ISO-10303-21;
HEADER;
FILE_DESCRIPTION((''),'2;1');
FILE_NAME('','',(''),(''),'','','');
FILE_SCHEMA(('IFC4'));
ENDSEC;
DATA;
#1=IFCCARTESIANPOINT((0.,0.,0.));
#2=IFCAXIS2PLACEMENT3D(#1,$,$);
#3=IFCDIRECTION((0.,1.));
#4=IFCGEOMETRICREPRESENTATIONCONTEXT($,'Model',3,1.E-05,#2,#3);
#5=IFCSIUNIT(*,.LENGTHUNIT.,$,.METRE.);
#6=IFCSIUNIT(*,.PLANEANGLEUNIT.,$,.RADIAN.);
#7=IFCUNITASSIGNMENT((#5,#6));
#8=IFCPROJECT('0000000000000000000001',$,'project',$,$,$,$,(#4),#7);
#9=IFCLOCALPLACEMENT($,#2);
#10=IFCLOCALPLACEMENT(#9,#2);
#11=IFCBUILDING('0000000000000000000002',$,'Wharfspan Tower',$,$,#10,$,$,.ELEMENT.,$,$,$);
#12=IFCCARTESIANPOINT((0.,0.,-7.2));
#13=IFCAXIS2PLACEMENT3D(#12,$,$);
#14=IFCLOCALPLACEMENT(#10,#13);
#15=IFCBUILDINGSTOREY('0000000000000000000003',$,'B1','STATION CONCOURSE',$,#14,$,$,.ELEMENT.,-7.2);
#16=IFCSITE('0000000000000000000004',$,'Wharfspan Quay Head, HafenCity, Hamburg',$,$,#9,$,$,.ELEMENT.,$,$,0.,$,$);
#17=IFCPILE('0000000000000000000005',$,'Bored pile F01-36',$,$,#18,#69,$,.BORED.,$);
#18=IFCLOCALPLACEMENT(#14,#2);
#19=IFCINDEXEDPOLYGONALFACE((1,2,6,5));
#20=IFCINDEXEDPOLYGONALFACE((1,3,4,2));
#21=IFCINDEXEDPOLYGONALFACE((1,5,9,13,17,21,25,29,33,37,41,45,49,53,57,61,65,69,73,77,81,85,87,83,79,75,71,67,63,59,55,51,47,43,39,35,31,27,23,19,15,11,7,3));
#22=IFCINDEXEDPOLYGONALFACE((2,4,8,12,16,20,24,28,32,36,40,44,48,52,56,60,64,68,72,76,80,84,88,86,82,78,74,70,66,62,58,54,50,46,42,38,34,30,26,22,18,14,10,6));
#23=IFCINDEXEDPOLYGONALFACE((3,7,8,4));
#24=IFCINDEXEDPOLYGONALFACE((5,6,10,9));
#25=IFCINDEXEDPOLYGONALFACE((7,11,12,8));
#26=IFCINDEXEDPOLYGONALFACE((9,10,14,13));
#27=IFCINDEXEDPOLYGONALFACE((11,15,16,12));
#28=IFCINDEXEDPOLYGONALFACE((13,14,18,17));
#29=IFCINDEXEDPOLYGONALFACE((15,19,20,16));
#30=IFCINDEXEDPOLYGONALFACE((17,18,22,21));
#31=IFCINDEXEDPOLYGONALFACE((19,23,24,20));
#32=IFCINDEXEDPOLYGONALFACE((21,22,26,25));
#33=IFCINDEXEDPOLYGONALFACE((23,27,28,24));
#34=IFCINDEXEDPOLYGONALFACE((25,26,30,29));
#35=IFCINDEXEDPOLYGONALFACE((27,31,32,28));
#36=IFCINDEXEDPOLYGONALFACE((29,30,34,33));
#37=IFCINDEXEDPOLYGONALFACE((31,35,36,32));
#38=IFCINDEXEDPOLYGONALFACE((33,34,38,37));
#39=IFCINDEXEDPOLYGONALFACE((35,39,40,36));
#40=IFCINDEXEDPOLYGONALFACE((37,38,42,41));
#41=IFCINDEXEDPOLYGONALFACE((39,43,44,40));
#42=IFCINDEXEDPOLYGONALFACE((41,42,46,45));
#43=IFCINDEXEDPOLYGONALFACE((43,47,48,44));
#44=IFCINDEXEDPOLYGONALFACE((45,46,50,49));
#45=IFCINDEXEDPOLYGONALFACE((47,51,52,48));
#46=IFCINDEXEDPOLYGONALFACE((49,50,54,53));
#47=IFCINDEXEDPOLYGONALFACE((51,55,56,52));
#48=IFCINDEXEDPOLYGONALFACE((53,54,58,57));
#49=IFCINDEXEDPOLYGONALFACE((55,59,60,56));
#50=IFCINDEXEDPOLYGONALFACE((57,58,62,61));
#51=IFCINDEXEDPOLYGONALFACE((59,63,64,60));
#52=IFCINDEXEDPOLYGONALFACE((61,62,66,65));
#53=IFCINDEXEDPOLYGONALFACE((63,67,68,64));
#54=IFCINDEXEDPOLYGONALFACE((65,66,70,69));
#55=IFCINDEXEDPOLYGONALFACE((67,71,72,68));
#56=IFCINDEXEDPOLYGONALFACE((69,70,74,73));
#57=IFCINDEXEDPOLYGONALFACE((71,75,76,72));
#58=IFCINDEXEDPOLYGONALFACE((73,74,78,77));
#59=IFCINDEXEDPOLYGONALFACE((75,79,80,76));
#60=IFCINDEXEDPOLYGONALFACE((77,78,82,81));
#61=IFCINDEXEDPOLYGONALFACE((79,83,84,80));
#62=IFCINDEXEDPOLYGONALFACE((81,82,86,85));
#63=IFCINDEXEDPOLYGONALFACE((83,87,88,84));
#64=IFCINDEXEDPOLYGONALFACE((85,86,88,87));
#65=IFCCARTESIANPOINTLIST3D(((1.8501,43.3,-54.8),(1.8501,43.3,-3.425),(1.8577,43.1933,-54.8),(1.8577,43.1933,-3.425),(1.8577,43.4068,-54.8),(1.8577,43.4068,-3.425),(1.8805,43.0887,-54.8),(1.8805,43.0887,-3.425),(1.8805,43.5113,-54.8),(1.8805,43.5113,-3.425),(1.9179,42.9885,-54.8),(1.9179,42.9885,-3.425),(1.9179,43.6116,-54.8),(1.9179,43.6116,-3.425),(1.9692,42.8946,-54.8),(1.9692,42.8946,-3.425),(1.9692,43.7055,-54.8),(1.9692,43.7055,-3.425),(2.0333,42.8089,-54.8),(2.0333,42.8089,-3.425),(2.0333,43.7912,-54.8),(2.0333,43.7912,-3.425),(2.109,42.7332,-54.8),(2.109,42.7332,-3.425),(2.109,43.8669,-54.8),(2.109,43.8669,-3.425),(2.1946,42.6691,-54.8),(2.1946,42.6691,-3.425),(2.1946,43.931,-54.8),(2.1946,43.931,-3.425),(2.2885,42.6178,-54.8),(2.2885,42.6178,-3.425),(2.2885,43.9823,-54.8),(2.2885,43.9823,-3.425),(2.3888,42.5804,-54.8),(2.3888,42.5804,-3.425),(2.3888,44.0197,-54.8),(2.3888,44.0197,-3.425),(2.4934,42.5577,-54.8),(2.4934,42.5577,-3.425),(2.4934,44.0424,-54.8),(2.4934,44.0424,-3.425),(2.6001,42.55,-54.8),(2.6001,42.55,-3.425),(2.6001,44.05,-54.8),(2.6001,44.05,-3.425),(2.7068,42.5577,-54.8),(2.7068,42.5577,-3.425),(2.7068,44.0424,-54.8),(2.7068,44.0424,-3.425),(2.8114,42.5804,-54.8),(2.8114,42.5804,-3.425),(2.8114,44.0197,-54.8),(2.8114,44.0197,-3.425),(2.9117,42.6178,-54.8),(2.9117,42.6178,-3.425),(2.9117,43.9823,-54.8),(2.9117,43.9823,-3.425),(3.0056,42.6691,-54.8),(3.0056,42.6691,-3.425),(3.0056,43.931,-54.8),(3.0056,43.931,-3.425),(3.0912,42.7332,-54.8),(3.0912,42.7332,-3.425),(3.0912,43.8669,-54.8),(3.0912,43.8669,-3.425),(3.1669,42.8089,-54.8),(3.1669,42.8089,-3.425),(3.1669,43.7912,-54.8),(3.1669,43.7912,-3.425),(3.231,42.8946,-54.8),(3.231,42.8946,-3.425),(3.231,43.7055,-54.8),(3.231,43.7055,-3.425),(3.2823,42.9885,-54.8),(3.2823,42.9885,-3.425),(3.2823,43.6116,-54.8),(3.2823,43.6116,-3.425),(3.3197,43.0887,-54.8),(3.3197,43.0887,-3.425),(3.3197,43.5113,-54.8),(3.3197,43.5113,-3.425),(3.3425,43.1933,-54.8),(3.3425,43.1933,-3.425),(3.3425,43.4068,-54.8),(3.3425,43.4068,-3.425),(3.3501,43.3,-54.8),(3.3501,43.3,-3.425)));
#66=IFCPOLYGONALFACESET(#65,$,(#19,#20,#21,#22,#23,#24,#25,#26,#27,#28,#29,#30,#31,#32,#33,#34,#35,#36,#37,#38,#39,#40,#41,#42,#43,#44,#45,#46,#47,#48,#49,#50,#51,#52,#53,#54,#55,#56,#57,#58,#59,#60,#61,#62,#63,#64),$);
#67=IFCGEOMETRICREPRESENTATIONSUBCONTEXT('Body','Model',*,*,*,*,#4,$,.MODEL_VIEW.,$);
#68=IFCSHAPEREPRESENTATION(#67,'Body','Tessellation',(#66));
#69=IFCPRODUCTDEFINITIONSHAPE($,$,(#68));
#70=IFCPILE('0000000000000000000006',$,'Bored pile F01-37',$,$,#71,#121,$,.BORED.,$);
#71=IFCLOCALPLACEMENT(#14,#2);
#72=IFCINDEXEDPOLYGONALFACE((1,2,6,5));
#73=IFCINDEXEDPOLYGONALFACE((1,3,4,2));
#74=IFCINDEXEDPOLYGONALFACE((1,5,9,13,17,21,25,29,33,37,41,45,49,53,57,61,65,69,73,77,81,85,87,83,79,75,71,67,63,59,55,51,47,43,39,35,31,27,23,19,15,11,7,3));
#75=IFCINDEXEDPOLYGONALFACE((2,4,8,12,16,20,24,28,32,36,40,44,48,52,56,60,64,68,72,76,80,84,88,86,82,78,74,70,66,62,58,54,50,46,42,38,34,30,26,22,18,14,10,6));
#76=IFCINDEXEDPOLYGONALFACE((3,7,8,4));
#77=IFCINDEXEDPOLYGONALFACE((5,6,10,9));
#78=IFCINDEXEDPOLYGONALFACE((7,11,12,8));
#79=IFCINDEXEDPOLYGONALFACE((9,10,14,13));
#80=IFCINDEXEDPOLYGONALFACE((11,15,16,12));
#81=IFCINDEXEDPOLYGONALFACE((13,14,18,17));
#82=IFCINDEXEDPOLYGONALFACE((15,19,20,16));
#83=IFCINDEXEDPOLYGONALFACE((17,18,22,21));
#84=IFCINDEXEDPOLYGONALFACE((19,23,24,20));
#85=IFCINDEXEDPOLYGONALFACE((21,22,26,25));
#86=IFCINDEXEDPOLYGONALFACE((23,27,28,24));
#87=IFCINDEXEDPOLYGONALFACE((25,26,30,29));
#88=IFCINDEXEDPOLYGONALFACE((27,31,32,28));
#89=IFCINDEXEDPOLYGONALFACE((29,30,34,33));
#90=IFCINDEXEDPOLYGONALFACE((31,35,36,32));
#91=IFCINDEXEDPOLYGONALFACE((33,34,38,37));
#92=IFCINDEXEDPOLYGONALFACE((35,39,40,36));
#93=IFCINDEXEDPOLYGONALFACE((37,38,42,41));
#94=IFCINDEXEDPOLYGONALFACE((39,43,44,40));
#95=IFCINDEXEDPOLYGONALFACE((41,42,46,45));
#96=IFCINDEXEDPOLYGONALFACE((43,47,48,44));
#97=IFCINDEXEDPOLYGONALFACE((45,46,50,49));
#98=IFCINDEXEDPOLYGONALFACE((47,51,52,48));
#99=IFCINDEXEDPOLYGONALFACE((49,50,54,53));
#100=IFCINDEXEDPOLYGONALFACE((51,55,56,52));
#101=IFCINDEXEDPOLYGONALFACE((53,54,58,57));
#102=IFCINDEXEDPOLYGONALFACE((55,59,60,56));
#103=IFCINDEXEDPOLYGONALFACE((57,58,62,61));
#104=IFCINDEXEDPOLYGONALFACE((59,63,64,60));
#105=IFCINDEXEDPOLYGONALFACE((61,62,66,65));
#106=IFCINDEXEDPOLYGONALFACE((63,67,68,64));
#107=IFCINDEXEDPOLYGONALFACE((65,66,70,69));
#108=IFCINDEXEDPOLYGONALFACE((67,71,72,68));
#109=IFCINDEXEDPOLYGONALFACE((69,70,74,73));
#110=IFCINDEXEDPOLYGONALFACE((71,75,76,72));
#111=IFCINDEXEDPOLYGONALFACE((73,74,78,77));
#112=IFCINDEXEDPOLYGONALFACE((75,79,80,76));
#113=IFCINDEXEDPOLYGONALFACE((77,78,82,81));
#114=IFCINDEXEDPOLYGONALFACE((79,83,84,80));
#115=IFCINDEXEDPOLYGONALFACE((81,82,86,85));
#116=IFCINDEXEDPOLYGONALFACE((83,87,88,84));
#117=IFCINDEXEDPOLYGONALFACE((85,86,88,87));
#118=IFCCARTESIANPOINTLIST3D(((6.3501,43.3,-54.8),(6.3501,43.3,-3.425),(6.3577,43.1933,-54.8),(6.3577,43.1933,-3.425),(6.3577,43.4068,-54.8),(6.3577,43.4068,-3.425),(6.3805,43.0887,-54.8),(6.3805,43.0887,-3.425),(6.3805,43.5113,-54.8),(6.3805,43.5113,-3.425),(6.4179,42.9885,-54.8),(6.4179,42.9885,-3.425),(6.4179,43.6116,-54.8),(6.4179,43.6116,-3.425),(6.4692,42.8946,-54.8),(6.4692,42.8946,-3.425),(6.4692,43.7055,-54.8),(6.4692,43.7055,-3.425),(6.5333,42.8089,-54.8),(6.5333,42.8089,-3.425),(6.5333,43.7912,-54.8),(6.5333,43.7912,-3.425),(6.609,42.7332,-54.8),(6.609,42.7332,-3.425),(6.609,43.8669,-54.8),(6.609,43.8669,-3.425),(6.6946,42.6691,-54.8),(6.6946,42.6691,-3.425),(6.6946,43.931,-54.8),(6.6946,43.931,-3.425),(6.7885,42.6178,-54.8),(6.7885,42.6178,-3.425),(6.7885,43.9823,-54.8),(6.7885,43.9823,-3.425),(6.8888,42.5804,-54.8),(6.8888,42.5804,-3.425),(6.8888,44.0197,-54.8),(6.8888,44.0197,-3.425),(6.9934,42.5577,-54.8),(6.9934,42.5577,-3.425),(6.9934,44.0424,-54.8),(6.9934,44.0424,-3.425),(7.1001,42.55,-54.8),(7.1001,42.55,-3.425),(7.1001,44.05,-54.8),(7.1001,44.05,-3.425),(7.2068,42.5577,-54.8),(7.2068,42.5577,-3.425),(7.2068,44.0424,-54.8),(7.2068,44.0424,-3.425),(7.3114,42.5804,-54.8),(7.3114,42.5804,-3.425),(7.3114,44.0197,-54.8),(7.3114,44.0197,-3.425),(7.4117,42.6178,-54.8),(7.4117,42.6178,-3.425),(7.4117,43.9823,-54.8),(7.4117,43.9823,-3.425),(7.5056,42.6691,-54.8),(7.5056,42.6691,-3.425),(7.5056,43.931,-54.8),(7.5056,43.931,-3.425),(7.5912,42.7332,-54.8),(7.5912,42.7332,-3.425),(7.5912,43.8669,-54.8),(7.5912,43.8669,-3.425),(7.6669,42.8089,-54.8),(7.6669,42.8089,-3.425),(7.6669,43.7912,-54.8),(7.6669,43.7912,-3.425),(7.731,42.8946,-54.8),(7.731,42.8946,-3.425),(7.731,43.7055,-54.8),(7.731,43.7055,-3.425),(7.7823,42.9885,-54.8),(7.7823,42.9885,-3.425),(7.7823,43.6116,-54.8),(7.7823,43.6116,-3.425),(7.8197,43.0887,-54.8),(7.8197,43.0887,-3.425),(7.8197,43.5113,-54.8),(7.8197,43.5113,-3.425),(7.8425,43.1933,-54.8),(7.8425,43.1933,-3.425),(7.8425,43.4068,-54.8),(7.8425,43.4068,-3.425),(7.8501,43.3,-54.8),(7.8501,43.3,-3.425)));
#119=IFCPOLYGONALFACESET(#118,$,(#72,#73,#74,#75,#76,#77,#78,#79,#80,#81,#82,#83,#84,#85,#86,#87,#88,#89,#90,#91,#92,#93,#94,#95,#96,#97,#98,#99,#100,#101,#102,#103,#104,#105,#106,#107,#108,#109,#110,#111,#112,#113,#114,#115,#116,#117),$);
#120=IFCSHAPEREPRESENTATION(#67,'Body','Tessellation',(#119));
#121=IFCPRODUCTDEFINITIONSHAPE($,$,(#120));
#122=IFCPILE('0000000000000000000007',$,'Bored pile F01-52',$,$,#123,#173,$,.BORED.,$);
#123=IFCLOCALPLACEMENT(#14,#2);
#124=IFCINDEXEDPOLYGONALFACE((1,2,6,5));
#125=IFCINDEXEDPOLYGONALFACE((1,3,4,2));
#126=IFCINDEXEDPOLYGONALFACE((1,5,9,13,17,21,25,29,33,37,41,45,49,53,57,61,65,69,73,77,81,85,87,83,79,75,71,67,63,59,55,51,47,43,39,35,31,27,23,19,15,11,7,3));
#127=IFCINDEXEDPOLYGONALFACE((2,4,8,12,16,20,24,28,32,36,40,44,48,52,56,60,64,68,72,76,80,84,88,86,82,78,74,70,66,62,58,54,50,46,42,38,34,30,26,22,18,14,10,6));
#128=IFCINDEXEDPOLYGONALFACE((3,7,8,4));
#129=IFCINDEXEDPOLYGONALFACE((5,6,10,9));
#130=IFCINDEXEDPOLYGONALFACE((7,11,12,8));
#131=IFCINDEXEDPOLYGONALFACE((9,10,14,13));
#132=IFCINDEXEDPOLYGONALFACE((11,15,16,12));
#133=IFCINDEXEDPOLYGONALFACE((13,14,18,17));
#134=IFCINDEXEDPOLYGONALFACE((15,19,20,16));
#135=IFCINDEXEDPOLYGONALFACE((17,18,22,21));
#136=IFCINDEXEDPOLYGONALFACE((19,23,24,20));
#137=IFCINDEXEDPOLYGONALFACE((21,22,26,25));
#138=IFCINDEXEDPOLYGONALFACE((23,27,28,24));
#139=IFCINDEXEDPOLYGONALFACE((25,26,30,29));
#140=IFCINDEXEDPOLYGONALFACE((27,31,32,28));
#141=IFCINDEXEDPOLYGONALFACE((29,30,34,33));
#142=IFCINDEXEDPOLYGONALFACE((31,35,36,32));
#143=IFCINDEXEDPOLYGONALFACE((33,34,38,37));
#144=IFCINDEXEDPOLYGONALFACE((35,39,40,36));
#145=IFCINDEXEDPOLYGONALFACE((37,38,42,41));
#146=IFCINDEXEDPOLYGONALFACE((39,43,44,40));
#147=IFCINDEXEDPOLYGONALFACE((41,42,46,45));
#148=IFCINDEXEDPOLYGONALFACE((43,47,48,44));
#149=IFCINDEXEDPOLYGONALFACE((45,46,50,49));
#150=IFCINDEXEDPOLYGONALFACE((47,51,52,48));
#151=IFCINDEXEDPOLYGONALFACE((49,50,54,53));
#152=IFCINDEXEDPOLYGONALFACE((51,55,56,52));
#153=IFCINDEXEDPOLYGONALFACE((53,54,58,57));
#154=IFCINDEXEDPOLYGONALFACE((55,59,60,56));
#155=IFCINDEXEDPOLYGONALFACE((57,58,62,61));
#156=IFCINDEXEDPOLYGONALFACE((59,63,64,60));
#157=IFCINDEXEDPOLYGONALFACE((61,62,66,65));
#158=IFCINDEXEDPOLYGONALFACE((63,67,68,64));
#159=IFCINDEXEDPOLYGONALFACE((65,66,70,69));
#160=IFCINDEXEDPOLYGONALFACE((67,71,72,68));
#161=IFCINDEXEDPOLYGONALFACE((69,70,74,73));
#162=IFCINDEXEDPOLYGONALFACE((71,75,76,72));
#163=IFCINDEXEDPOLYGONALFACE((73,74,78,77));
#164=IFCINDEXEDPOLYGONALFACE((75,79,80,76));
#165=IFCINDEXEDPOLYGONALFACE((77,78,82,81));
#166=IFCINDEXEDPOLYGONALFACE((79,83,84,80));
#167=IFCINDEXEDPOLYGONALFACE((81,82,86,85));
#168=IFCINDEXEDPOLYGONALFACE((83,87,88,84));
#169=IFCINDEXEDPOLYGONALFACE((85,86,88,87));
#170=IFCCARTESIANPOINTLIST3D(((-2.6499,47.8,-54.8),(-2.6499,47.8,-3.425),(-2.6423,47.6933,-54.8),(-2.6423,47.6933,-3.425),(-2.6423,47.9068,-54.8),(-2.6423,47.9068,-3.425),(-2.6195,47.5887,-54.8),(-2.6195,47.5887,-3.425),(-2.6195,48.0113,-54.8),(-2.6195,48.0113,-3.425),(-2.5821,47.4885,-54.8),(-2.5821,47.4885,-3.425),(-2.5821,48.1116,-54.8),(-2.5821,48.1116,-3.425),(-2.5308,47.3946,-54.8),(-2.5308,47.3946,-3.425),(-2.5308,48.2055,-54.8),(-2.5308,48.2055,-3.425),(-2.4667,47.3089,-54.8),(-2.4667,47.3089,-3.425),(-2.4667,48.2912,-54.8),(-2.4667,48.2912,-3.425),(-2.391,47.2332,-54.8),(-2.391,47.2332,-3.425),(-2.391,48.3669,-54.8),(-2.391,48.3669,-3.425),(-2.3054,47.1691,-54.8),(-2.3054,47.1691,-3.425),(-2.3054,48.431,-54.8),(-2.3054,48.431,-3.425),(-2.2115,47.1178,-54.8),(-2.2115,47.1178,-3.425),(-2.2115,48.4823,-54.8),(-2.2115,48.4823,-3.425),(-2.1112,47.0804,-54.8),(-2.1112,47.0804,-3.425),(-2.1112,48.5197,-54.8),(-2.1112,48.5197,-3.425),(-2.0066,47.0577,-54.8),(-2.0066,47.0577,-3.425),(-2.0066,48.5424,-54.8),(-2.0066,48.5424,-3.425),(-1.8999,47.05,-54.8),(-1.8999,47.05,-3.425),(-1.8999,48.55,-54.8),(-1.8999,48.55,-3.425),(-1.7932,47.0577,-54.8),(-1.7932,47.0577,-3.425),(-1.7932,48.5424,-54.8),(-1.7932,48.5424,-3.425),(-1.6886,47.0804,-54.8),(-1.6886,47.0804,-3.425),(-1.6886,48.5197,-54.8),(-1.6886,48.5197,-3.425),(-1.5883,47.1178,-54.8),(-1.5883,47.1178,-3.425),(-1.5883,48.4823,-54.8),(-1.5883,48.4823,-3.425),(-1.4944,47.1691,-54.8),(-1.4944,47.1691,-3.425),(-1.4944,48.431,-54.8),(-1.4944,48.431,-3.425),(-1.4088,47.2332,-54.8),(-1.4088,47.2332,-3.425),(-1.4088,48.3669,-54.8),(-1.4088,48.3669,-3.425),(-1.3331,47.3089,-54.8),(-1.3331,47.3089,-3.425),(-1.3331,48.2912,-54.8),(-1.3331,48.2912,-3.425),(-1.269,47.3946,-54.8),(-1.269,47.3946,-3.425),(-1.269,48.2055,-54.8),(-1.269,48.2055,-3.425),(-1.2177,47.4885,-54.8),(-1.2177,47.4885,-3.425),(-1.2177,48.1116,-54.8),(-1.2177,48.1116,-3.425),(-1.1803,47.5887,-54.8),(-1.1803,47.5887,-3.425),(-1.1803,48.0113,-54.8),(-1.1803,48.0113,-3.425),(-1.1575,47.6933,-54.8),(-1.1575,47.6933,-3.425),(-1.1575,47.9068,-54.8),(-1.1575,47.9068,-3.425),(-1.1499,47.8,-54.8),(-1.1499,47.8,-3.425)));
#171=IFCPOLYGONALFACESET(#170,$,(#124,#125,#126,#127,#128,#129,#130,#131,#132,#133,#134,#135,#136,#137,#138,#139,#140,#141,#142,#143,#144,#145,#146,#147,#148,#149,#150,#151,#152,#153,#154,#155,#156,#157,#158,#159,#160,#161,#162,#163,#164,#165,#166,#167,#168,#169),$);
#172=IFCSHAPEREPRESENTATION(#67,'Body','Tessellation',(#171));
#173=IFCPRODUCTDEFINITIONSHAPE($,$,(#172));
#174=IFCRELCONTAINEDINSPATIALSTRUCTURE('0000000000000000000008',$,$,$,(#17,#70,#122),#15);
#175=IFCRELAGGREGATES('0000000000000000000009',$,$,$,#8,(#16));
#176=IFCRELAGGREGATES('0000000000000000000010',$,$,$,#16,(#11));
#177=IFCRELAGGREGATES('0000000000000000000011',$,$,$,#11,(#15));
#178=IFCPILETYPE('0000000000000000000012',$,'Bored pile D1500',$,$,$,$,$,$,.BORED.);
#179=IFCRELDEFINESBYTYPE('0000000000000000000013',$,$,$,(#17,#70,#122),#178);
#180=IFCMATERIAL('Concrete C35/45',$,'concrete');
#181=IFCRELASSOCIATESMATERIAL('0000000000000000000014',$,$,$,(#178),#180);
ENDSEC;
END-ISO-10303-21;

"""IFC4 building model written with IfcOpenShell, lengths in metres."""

from ifc_helpers import new_model, si_unit, direction, frame, origin, origin_2d, place, context, subcontext, project, spatial, circle, extrude, material, material_profile, profile_set, type_object, element, save


model = new_model("IFC4")

# Units and contexts
model_context = context("Model", 3, precision=1e-05, world=origin(), true_north=direction((0.0, 1.0)))
body_context = subcontext(model_context, "Body", "Model", "MODEL_VIEW")
ifc_project = project(units=[si_unit("LENGTHUNIT", "METRE"), si_unit("PLANEANGLEUNIT", "RADIAN")], contexts=[model_context])

# Site, building, storey
site_placement = place(None, origin())
site = spatial("IfcSite", under=ifc_project, at=site_placement, Name="Wharfspan Quay Head, HafenCity, Hamburg", CompositionType="ELEMENT", RefElevation=0.0)
building_placement = place(site_placement, origin())
building = spatial("IfcBuilding", under=site, at=building_placement, Name="Wharfspan Tower", CompositionType="ELEMENT")
storey_placement = place(building_placement, frame((0.0, 0.0, -7.2)))
storey = spatial("IfcBuildingStorey", under=building, at=storey_placement, Name="B1", Description="STATION CONCOURSE", CompositionType="ELEMENT", Elevation=-7.2)

# Piles
ifc_material_1 = material(Name="Concrete C35/45", Category="concrete")
ifc_material_profile_1 = material_profile(ifc_material_1, circle(Radius=0.75, at=origin_2d()))
ifc_profile_set_1 = profile_set([ifc_material_profile_1], Name="Concrete C35/45")
pile_type = type_object("IfcPileType", Name="Bored pile D1500", PredefinedType="BORED", material=ifc_profile_set_1)
for number, where, z_axis, x_axis, name in (
    (1, (2.6001, 43.3, -3.425), (0.0, 0.0, -1.0), (1.0, 0.0, 0.0), "Bored pile F01-36"),
    (2, (7.1001, 43.3, -3.425), (0.0, 0.0, -1.0), (1.0, 0.0, 0.0), "Bored pile F01-37"),
    (3, (-1.8999, 47.8, -3.425), (0.0, 0.0, -1.0), (1.0, 0.0, 0.0), "Bored pile F01-52"),
):
    element("IfcPile", number, at=place(storey_placement, frame(where, z_axis=z_axis, x_axis=x_axis)), inside=storey, type_object=pile_type, Name=name, PredefinedType="BORED", context=body_context, shape_type="SweptSolid", body=[
        extrude(circle(Radius=0.75, at=origin_2d()), origin(), (0.0, 0.0, 1.0), 51.375),
    ])

save(model, "model.ifc")
